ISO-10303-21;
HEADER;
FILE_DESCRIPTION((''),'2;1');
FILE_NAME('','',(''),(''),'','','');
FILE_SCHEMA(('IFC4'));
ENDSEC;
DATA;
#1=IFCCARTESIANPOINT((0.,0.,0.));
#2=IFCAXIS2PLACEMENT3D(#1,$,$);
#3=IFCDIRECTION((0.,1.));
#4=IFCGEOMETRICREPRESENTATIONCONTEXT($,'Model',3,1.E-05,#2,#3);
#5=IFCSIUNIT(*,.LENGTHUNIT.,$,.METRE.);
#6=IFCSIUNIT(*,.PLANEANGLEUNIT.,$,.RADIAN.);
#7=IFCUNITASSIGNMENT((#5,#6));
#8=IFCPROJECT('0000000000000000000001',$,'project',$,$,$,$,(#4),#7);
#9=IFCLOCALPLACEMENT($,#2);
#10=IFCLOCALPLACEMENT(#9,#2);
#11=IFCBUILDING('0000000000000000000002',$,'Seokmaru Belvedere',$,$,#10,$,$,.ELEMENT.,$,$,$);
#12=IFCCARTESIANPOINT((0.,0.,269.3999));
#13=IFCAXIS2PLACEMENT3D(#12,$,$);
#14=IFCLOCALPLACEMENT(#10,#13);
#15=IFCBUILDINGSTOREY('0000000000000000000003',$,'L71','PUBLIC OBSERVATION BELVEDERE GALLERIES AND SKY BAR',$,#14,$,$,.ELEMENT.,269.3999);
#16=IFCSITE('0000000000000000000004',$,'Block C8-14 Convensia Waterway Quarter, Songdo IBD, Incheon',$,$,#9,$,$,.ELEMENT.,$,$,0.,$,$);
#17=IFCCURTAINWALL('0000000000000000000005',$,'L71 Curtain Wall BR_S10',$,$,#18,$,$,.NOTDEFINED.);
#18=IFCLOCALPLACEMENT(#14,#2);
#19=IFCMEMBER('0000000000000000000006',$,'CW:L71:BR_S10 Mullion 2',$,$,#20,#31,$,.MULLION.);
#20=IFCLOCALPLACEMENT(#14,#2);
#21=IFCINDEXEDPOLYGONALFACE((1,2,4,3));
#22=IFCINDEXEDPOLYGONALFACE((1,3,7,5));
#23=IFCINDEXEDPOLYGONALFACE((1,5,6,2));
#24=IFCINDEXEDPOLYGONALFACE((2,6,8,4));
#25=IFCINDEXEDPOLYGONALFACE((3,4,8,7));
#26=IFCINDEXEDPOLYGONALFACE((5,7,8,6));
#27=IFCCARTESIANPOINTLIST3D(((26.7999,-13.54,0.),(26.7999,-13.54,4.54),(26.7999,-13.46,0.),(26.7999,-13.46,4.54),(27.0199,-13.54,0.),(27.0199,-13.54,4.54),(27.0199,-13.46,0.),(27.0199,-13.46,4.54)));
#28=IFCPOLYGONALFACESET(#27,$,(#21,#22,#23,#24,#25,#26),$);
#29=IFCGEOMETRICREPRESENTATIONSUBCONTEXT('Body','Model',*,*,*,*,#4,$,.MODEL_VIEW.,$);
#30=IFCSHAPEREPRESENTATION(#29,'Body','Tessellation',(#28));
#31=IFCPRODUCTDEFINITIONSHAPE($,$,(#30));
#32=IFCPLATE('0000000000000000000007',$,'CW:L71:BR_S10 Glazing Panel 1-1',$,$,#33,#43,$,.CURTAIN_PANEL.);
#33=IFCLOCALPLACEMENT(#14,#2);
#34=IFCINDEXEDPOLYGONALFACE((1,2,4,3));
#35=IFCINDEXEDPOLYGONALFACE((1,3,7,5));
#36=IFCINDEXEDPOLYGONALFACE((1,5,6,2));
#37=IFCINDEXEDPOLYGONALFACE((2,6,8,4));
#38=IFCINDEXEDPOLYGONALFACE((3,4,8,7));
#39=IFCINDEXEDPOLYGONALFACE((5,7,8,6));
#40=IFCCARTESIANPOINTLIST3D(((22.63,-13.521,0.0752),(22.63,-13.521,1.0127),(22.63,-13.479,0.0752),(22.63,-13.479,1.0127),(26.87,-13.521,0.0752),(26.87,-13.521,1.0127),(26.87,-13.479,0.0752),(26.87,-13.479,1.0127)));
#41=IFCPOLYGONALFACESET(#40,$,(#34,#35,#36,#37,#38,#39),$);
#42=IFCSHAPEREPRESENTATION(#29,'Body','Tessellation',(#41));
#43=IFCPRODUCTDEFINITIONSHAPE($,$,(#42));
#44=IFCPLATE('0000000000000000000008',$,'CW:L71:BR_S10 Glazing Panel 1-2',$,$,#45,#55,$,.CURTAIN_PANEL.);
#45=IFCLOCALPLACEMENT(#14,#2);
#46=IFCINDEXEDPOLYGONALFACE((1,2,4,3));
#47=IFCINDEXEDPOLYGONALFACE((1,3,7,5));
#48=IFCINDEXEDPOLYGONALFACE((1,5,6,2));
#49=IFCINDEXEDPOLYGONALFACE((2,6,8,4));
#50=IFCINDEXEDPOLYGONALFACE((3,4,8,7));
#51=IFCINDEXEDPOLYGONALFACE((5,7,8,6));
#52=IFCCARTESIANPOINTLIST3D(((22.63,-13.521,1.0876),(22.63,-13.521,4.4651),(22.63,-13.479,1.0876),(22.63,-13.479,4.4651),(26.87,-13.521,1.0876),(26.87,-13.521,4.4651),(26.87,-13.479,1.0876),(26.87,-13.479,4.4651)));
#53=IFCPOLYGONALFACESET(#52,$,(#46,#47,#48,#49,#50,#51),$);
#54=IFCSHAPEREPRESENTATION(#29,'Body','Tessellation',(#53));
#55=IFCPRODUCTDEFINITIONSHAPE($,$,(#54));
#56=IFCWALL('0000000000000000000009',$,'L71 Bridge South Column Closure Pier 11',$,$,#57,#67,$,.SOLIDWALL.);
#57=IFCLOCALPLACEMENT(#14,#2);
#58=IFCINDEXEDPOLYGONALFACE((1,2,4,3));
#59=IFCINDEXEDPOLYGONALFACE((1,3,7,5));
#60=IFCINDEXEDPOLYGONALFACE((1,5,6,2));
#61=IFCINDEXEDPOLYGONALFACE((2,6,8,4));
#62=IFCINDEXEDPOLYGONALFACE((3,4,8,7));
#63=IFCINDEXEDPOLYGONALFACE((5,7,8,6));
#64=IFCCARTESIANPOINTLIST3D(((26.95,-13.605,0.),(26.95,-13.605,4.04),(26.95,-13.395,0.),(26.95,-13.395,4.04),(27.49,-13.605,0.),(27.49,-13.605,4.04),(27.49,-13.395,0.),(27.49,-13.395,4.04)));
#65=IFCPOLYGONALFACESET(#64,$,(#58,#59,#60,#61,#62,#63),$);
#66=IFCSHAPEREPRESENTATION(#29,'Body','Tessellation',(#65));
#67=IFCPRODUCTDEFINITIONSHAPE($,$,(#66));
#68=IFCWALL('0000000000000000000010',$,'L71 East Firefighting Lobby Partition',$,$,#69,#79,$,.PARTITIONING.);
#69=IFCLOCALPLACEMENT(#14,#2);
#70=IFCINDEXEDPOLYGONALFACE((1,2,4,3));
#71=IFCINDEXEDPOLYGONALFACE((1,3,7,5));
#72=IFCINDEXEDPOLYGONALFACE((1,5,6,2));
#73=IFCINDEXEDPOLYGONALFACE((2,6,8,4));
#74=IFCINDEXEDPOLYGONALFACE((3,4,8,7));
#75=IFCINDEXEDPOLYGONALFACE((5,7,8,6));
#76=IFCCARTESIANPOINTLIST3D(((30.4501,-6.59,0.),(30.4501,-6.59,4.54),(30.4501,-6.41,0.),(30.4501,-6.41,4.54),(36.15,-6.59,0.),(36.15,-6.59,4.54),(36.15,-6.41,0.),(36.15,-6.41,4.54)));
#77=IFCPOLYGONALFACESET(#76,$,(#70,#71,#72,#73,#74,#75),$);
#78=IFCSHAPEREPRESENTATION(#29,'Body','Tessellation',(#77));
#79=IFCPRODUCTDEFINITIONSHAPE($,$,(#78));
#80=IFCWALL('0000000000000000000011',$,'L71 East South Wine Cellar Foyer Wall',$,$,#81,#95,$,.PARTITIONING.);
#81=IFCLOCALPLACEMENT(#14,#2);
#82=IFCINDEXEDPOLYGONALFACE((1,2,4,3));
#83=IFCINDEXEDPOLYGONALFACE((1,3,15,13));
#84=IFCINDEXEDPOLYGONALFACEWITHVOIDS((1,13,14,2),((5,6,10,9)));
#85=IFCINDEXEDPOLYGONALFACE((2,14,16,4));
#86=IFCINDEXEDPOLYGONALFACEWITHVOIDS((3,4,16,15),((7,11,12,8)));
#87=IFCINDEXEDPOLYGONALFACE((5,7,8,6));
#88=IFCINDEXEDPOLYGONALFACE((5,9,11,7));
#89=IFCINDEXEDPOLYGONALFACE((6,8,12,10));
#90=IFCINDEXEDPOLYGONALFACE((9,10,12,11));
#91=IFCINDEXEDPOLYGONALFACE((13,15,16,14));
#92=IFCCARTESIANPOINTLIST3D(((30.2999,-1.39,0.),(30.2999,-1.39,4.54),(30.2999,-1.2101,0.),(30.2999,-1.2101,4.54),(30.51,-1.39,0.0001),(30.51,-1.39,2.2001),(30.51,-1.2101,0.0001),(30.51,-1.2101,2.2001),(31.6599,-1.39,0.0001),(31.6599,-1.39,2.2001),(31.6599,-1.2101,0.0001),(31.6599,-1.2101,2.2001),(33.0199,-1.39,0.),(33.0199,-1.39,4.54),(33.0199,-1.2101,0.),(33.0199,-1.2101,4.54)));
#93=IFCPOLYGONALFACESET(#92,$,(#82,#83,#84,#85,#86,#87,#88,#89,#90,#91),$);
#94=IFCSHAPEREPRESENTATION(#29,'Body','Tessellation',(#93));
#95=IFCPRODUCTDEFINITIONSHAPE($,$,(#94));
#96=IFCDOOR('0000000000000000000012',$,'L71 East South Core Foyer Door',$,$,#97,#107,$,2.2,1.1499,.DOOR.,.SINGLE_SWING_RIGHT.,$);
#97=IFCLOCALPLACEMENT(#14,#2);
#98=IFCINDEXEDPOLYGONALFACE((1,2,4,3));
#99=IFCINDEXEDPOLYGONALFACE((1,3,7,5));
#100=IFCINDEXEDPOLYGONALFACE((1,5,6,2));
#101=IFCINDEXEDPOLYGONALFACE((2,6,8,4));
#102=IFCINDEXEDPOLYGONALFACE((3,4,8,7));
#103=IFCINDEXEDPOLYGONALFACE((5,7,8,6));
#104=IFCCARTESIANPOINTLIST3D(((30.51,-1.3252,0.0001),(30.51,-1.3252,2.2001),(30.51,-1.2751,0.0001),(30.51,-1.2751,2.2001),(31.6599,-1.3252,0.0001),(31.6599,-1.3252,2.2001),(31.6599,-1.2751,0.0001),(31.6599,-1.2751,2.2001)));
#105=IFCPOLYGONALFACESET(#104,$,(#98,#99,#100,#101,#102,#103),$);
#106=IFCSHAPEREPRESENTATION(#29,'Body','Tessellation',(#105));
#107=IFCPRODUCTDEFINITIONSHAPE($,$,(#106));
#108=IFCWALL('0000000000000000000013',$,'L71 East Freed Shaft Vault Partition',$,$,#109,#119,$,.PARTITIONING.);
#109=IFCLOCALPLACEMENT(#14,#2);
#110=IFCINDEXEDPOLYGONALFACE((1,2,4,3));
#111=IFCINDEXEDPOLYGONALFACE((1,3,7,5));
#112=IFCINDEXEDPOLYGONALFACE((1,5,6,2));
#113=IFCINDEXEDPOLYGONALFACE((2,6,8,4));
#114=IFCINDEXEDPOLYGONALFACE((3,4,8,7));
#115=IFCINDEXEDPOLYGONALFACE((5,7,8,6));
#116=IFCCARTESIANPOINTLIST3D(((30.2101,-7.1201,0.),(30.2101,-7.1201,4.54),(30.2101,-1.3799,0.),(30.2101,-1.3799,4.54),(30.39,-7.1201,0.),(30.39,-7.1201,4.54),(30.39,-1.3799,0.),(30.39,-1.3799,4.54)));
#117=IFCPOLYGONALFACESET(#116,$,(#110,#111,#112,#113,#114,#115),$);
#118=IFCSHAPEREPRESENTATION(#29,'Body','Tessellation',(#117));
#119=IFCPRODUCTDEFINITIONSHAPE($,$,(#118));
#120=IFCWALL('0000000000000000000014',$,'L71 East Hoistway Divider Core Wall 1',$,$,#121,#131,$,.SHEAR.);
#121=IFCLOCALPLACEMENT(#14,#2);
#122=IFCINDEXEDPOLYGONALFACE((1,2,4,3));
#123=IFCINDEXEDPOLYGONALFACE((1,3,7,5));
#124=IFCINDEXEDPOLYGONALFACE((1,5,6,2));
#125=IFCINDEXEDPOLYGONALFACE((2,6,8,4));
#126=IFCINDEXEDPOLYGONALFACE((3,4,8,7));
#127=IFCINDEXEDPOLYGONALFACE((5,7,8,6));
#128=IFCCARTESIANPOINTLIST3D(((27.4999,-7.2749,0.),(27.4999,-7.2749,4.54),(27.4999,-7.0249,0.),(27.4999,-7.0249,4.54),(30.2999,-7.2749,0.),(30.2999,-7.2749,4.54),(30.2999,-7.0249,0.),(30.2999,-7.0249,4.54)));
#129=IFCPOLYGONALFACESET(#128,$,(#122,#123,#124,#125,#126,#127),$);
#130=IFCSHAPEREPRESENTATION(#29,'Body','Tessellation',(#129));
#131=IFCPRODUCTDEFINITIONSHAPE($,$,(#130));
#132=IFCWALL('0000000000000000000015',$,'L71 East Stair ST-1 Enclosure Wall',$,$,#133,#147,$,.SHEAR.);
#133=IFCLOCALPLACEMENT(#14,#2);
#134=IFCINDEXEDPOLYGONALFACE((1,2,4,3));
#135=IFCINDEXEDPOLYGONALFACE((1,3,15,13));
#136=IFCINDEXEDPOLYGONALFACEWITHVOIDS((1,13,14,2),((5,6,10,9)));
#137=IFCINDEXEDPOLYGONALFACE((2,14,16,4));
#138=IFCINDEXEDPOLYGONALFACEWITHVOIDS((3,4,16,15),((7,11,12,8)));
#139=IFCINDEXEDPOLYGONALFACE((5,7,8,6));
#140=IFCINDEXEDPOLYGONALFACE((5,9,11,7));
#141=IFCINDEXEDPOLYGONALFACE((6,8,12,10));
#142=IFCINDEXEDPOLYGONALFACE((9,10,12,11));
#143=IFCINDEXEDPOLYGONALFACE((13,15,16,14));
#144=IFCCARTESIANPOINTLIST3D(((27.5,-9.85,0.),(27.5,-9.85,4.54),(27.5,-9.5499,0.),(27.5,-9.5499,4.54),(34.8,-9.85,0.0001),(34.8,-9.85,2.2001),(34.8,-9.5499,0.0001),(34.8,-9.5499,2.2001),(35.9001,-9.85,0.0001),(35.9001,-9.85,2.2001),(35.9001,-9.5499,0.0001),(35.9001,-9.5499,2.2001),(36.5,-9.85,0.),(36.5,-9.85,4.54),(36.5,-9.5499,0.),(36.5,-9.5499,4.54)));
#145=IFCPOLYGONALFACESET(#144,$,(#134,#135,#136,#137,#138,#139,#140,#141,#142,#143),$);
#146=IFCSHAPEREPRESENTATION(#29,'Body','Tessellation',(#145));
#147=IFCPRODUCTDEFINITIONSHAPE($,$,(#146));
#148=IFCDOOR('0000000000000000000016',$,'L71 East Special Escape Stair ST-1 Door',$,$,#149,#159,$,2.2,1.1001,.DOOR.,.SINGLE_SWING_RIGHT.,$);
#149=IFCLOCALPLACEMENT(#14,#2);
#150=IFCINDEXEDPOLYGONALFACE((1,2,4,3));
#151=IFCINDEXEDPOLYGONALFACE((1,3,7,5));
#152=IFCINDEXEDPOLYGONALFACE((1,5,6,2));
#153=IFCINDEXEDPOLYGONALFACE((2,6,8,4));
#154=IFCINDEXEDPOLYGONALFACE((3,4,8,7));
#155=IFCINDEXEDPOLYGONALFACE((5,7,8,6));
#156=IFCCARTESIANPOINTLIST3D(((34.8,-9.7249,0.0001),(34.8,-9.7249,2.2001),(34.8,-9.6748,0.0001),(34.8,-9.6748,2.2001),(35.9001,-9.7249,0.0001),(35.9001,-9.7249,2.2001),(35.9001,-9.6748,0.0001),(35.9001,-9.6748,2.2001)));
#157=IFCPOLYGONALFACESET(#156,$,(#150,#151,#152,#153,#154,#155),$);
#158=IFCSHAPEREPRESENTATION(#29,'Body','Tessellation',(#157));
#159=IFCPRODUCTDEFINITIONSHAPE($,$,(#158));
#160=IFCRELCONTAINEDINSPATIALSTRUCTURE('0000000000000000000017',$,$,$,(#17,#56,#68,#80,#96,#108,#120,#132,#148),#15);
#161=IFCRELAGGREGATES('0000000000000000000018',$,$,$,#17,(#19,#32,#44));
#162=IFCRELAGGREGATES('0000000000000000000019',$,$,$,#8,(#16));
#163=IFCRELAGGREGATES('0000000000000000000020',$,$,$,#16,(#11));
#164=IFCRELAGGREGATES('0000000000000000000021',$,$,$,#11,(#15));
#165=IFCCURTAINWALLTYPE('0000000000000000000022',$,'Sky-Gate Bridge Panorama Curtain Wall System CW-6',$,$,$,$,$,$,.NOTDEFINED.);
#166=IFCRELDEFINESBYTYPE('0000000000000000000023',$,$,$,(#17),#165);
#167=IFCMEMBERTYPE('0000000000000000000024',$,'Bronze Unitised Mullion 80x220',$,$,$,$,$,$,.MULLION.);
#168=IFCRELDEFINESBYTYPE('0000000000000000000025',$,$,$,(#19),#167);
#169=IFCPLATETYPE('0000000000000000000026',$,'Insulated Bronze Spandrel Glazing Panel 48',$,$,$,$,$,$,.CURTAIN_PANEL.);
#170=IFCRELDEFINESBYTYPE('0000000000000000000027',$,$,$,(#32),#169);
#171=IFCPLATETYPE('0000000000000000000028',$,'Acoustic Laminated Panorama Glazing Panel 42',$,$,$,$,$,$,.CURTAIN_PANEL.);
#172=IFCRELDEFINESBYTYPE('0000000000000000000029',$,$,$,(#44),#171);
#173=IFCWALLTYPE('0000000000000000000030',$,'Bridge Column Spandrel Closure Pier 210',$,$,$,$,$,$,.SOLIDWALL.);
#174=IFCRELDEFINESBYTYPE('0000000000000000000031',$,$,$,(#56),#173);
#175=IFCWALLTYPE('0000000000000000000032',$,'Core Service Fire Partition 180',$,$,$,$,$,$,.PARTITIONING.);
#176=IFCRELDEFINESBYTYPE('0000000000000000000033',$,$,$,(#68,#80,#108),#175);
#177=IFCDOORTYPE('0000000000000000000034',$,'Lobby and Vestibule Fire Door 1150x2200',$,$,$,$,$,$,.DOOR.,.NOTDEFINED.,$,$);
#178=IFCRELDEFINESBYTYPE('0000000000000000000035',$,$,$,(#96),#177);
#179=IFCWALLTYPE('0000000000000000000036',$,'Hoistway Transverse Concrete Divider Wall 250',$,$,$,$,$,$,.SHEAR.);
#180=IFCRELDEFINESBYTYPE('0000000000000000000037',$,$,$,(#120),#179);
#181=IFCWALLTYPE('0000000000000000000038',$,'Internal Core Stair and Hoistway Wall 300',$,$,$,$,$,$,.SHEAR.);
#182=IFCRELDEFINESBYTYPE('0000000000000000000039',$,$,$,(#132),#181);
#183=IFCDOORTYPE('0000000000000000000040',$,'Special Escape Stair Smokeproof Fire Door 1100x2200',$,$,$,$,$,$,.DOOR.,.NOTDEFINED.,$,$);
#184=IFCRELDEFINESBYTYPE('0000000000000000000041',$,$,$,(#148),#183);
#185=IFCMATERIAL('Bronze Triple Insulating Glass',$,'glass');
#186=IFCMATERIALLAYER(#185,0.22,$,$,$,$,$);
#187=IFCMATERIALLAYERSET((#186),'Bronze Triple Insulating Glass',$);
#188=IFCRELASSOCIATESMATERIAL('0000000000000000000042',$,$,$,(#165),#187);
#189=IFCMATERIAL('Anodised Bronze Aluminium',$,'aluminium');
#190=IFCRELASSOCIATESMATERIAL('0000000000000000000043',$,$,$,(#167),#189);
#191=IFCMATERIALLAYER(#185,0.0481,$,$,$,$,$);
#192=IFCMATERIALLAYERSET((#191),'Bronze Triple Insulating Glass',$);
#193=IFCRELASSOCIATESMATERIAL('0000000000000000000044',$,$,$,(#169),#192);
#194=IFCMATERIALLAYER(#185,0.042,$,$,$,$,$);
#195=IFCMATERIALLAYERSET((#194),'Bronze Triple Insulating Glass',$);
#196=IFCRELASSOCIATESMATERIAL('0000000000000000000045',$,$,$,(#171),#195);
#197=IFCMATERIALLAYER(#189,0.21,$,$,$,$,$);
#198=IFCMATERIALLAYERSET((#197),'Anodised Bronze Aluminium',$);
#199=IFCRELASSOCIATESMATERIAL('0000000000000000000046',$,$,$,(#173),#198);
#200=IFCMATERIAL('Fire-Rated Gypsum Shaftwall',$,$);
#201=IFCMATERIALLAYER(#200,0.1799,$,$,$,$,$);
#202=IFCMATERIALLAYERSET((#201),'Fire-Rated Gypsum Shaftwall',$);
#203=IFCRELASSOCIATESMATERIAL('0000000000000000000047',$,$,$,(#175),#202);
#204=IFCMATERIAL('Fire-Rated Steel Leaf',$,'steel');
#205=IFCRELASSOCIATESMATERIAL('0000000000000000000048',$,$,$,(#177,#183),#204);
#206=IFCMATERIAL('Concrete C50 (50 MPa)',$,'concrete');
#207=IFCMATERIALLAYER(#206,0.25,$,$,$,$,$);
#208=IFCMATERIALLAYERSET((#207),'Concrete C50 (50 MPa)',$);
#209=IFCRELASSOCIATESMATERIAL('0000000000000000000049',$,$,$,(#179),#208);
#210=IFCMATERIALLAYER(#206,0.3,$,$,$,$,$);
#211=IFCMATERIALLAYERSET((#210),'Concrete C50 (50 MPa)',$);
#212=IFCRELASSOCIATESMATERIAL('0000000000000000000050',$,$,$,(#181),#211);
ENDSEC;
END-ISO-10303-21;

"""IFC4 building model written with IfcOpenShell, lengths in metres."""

from ifc_helpers import new_model, si_unit, direction, frame, frame_2d, origin, origin_2d, place, context, subcontext, project, spatial, rectangle, extrude, source, transform, mapped, material, layer, layer_set, material_profile, profile_set, type_object, type_shapes, element, fill, aggregate, save


model = new_model("IFC4")

# Units and contexts
model_context = context("Model", 3, precision=1e-05, world=origin(), true_north=direction((0.0, 1.0)))
body_context = subcontext(model_context, "Body", "Model", "MODEL_VIEW")
ifc_project = project(units=[si_unit("LENGTHUNIT", "METRE"), si_unit("PLANEANGLEUNIT", "RADIAN")], contexts=[model_context])

# Site, building, storey
site_placement = place(None, origin())
site = spatial("IfcSite", under=ifc_project, at=site_placement, Name="Block C8-14 Convensia Waterway Quarter, Songdo IBD, Incheon", CompositionType="ELEMENT", RefElevation=0.0)
building_placement = place(site_placement, origin())
building = spatial("IfcBuilding", under=site, at=building_placement, Name="Seokmaru Belvedere", CompositionType="ELEMENT")
storey_placement = place(building_placement, frame((0.0, 0.0, 269.3999)))
storey = spatial("IfcBuildingStorey", under=building, at=storey_placement, Name="L71", Description="PUBLIC OBSERVATION BELVEDERE GALLERIES AND SKY BAR", CompositionType="ELEMENT", Elevation=269.3999)

# Curtain wall, member, plates
ifc_material_1 = material(Name="Bronze Triple Insulating Glass", Category="glass")
ifc_layer_1 = layer(ifc_material_1, 0.22)
ifc_layer_set_1 = layer_set([ifc_layer_1], Name="Bronze Triple Insulating Glass")
curtain_wall_type = type_object("IfcCurtainWallType", Name="Sky-Gate Bridge Panorama Curtain Wall System CW-6", PredefinedType="NOTDEFINED", material=ifc_layer_set_1)
curtain_wall_placement = place(storey_placement, origin())
curtain_wall = element("IfcCurtainWall", 1, at=curtain_wall_placement, inside=storey, type_object=curtain_wall_type, Name="L71 Curtain Wall BR_S10", PredefinedType="NOTDEFINED")
ifc_material_2 = material(Name="Anodised Bronze Aluminium", Category="aluminium")
ifc_material_profile_1 = material_profile(ifc_material_2, rectangle(XDim=0.0801, YDim=0.22, at=origin_2d()), Name="CW-M-80x220")
ifc_profile_set_1 = profile_set([ifc_material_profile_1], Name="Anodised Bronze Aluminium")
member_type = type_object("IfcMemberType", Name="Bronze Unitised Mullion 80x220", PredefinedType="MULLION", material=ifc_profile_set_1)
shared_shape_1 = source(origin(), body_context, "Body", "SweptSolid", [
    extrude(rectangle(XDim=0.0801, YDim=0.22, at=origin_2d()), origin(), (0.0, 0.0, 1.0), 4.54),
])
type_shapes(member_type, [shared_shape_1])
member_placement = place(storey_placement, frame((26.9099, -13.5, 0.0), z_axis=(0.0, 0.0, 1.0), x_axis=(0.0, 1.0, 0.0)))
member = element("IfcMember", 2, at=member_placement, type_object=member_type, Name="CW:L71:BR_S10 Mullion 2", PredefinedType="MULLION", context=body_context, shape_type="MappedRepresentation", body=[
    mapped(shared_shape_1, transform((0.0, 0.0, 0.0), scale=1.0)),
])
ifc_layer_2 = layer(ifc_material_1, 0.0481)
ifc_layer_set_2 = layer_set([ifc_layer_2], Name="Bronze Triple Insulating Glass")
plate_type_1 = type_object("IfcPlateType", Name="Insulated Bronze Spandrel Glazing Panel 48", PredefinedType="CURTAIN_PANEL", material=ifc_layer_set_2)
shared_shape_2 = source(origin(), body_context, "Body", "SweptSolid", [
    extrude(rectangle(XDim=4.24, YDim=0.042, at=origin_2d()), origin(), (0.0, 0.0, 1.0), 0.9375),
])
type_shapes(plate_type_1, [shared_shape_2])
plate_1_placement = place(storey_placement, frame((24.75, -13.5, 0.0752), z_axis=(0.0, 0.0, 1.0), x_axis=(1.0, 0.0, 0.0)))
plate_1 = element("IfcPlate", 3, at=plate_1_placement, type_object=plate_type_1, Name="CW:L71:BR_S10 Glazing Panel 1-1", PredefinedType="CURTAIN_PANEL", context=body_context, shape_type="MappedRepresentation", body=[
    mapped(shared_shape_2, transform((0.0, 0.0, 0.0), scale=1.0)),
])
ifc_layer_3 = layer(ifc_material_1, 0.042)
ifc_layer_set_3 = layer_set([ifc_layer_3], Name="Bronze Triple Insulating Glass")
plate_type_2 = type_object("IfcPlateType", Name="Acoustic Laminated Panorama Glazing Panel 42", PredefinedType="CURTAIN_PANEL", material=ifc_layer_set_3)
shared_shape_3 = source(origin(), body_context, "Body", "SweptSolid", [
    extrude(rectangle(XDim=4.24, YDim=0.042, at=origin_2d()), origin(), (0.0, 0.0, 1.0), 3.3774),
])
type_shapes(plate_type_2, [shared_shape_3])
plate_2_placement = place(storey_placement, frame((24.75, -13.5, 1.0876), z_axis=(0.0, 0.0, 1.0), x_axis=(1.0, 0.0, 0.0)))
plate_2 = element("IfcPlate", 4, at=plate_2_placement, type_object=plate_type_2, Name="CW:L71:BR_S10 Glazing Panel 1-2", PredefinedType="CURTAIN_PANEL", context=body_context, shape_type="MappedRepresentation", body=[
    mapped(shared_shape_3, transform((0.0, 0.0, 0.0), scale=1.0)),
])
aggregate(curtain_wall, [member, plate_1, plate_2])

# Walls
ifc_layer_4 = layer(ifc_material_2, 0.21)
ifc_layer_set_4 = layer_set([ifc_layer_4], Name="Anodised Bronze Aluminium")
wall_type_1 = type_object("IfcWallType", Name="Bridge Column Spandrel Closure Pier 210", PredefinedType="SOLIDWALL", material=ifc_layer_set_4)
wall_1_placement = place(storey_placement, frame((26.95, -13.5, 0.0), z_axis=(0.0, 0.0, 1.0), x_axis=(1.0, 0.0, 0.0)))
element("IfcWall", 5, at=wall_1_placement, inside=storey, type_object=wall_type_1, Name="L71 Bridge South Column Closure Pier 11", PredefinedType="SOLIDWALL", context=body_context, shape_type="SweptSolid", body=[
    extrude(rectangle(XDim=0.54, YDim=0.21, at=frame_2d((0.27, 0.0))), origin(), (0.0, 0.0, 1.0), 4.04),
])
ifc_material_3 = material(Name="Fire-Rated Gypsum Shaftwall")
ifc_layer_5 = layer(ifc_material_3, 0.1799)
ifc_layer_set_5 = layer_set([ifc_layer_5], Name="Fire-Rated Gypsum Shaftwall")
wall_type_2 = type_object("IfcWallType", Name="Core Service Fire Partition 180", PredefinedType="PARTITIONING", material=ifc_layer_set_5)
wall_2_placement = place(storey_placement, frame((30.45, -6.5, 0.0), z_axis=(0.0, 0.0, 1.0), x_axis=(1.0, 0.0, 0.0)))
element("IfcWall", 6, at=wall_2_placement, inside=storey, type_object=wall_type_2, Name="L71 East Firefighting Lobby Partition", PredefinedType="PARTITIONING", context=body_context, shape_type="SweptSolid", body=[
    extrude(rectangle(XDim=5.7, YDim=0.1799, at=frame_2d((2.8501, 0.0))), origin(), (0.0, 0.0, 1.0), 4.54),
])

# Wall, opening, door
ifc_material_4 = material(Name="Fire-Rated Steel Leaf", Category="steel")
wall_3_placement = place(storey_placement, frame((30.3, -1.3, 0.0), z_axis=(0.0, 0.0, 1.0), x_axis=(1.0, 0.0, 0.0)))
wall_3 = element("IfcWall", 7, at=wall_3_placement, inside=storey, type_object=wall_type_2, Name="L71 East South Wine Cellar Foyer Wall", PredefinedType="PARTITIONING", context=body_context, shape_type="SweptSolid", body=[
    extrude(rectangle(XDim=2.72, YDim=0.1799, at=frame_2d((1.3599, 0.0))), origin(), (0.0, 0.0, 1.0), 4.54),
])
opening_1_placement = place(wall_3_placement, frame((0.21, 0.0, 0.0)))
opening_1 = element("IfcOpeningElement", 8, at=opening_1_placement, cuts=wall_3, PredefinedType="OPENING", context=body_context, shape_type="SweptSolid", body=[
    extrude(rectangle(XDim=1.1499, YDim=2.2, at=frame_2d((0.575, 1.1001))), frame((0.0, 0.1001, 0.0), z_axis=(0.0, -1.0, 0.0), x_axis=(1.0, 0.0, 0.0)), (0.0, 0.0, 1.0), 0.2),
])
door_type_1 = type_object("IfcDoorType", Name="Lobby and Vestibule Fire Door 1150x2200", OperationType="NOTDEFINED", PredefinedType="DOOR", material=ifc_material_4)
shared_shape_4 = source(origin(), body_context, "Body", "SweptSolid", [
    extrude(rectangle(XDim=1.1499, YDim=2.2, at=frame_2d((0.575, 1.1001))), frame((0.0, 0.0249, 0.0), z_axis=(0.0, -1.0, 0.0), x_axis=(1.0, 0.0, 0.0)), (0.0, 0.0, 1.0), 0.05),
])
type_shapes(door_type_1, [shared_shape_4])
door_1_placement = place(opening_1_placement, origin())
door_1 = element("IfcDoor", 9, at=door_1_placement, inside=storey, type_object=door_type_1, Name="L71 East South Core Foyer Door", OperationType="SINGLE_SWING_RIGHT", OverallHeight=2.2, OverallWidth=1.1499, PredefinedType="DOOR", context=body_context, shape_type="MappedRepresentation", body=[
    mapped(shared_shape_4, transform((0.0, 0.0, 0.0), scale=1.0)),
])
fill(opening_1, door_1)

# Walls
wall_4_placement = place(storey_placement, frame((30.3, -7.1201, 0.0), z_axis=(0.0, 0.0, 1.0), x_axis=(0.0, 1.0, 0.0)))
element("IfcWall", 10, at=wall_4_placement, inside=storey, type_object=wall_type_2, Name="L71 East Freed Shaft Vault Partition", PredefinedType="PARTITIONING", context=body_context, shape_type="SweptSolid", body=[
    extrude(rectangle(XDim=5.7402, YDim=0.1799, at=frame_2d((2.8701, 0.0))), origin(), (0.0, 0.0, 1.0), 4.54),
])
ifc_material_5 = material(Name="Concrete C50 (50 MPa)", Category="concrete")
ifc_layer_6 = layer(ifc_material_5, 0.25)
ifc_layer_set_6 = layer_set([ifc_layer_6], Name="Concrete C50 (50 MPa)")
wall_type_3 = type_object("IfcWallType", Name="Hoistway Transverse Concrete Divider Wall 250", PredefinedType="SHEAR", material=ifc_layer_set_6)
wall_5_placement = place(storey_placement, frame((27.5, -7.1499, 0.0), z_axis=(0.0, 0.0, 1.0), x_axis=(1.0, 0.0, 0.0)))
element("IfcWall", 11, at=wall_5_placement, inside=storey, type_object=wall_type_3, Name="L71 East Hoistway Divider Core Wall 1", PredefinedType="SHEAR", context=body_context, shape_type="SweptSolid", body=[
    extrude(rectangle(XDim=2.8, YDim=0.25, at=frame_2d((1.3999, 0.0))), origin(), (0.0, 0.0, 1.0), 4.54),
])

# Wall, opening, door
ifc_layer_7 = layer(ifc_material_5, 0.3)
ifc_layer_set_7 = layer_set([ifc_layer_7], Name="Concrete C50 (50 MPa)")
wall_type_4 = type_object("IfcWallType", Name="Internal Core Stair and Hoistway Wall 300", PredefinedType="SHEAR", material=ifc_layer_set_7)
wall_6_placement = place(storey_placement, frame((27.5, -9.7, 0.0), z_axis=(0.0, 0.0, 1.0), x_axis=(1.0, 0.0, 0.0)))
wall_6 = element("IfcWall", 12, at=wall_6_placement, inside=storey, type_object=wall_type_4, Name="L71 East Stair ST-1 Enclosure Wall", PredefinedType="SHEAR", context=body_context, shape_type="SweptSolid", body=[
    extrude(rectangle(XDim=9.0, YDim=0.3, at=frame_2d((4.5, 0.0))), origin(), (0.0, 0.0, 1.0), 4.54),
])
opening_2_placement = place(wall_6_placement, frame((7.3, 0.0, 0.0)))
opening_2 = element("IfcOpeningElement", 13, at=opening_2_placement, cuts=wall_6, PredefinedType="OPENING", context=body_context, shape_type="SweptSolid", body=[
    extrude(rectangle(XDim=1.1001, YDim=2.2, at=frame_2d((0.55, 1.1001))), frame((0.0, 0.1602, 0.0), z_axis=(0.0, -1.0, 0.0), x_axis=(1.0, 0.0, 0.0)), (0.0, 0.0, 1.0), 0.3201),
])
door_type_2 = type_object("IfcDoorType", Name="Special Escape Stair Smokeproof Fire Door 1100x2200", OperationType="NOTDEFINED", PredefinedType="DOOR", material=ifc_material_4)
shared_shape_5 = source(origin(), body_context, "Body", "SweptSolid", [
    extrude(rectangle(XDim=1.1001, YDim=2.2, at=frame_2d((0.55, 1.1001))), frame((0.0, 0.0249, 0.0), z_axis=(0.0, -1.0, 0.0), x_axis=(1.0, 0.0, 0.0)), (0.0, 0.0, 1.0), 0.05),
])
type_shapes(door_type_2, [shared_shape_5])
door_2_placement = place(opening_2_placement, frame((1.1001, 0.0, 0.0), z_axis=(0.0, 0.0, 1.0), x_axis=(-1.0, 0.0, 0.0)))
door_2 = element("IfcDoor", 14, at=door_2_placement, inside=storey, type_object=door_type_2, Name="L71 East Special Escape Stair ST-1 Door", OperationType="SINGLE_SWING_RIGHT", OverallHeight=2.2, OverallWidth=1.1001, PredefinedType="DOOR", context=body_context, shape_type="MappedRepresentation", body=[
    mapped(shared_shape_5, transform((0.0, 0.0, 0.0), scale=1.0)),
])
fill(opening_2, door_2)

save(model, "model.ifc")
